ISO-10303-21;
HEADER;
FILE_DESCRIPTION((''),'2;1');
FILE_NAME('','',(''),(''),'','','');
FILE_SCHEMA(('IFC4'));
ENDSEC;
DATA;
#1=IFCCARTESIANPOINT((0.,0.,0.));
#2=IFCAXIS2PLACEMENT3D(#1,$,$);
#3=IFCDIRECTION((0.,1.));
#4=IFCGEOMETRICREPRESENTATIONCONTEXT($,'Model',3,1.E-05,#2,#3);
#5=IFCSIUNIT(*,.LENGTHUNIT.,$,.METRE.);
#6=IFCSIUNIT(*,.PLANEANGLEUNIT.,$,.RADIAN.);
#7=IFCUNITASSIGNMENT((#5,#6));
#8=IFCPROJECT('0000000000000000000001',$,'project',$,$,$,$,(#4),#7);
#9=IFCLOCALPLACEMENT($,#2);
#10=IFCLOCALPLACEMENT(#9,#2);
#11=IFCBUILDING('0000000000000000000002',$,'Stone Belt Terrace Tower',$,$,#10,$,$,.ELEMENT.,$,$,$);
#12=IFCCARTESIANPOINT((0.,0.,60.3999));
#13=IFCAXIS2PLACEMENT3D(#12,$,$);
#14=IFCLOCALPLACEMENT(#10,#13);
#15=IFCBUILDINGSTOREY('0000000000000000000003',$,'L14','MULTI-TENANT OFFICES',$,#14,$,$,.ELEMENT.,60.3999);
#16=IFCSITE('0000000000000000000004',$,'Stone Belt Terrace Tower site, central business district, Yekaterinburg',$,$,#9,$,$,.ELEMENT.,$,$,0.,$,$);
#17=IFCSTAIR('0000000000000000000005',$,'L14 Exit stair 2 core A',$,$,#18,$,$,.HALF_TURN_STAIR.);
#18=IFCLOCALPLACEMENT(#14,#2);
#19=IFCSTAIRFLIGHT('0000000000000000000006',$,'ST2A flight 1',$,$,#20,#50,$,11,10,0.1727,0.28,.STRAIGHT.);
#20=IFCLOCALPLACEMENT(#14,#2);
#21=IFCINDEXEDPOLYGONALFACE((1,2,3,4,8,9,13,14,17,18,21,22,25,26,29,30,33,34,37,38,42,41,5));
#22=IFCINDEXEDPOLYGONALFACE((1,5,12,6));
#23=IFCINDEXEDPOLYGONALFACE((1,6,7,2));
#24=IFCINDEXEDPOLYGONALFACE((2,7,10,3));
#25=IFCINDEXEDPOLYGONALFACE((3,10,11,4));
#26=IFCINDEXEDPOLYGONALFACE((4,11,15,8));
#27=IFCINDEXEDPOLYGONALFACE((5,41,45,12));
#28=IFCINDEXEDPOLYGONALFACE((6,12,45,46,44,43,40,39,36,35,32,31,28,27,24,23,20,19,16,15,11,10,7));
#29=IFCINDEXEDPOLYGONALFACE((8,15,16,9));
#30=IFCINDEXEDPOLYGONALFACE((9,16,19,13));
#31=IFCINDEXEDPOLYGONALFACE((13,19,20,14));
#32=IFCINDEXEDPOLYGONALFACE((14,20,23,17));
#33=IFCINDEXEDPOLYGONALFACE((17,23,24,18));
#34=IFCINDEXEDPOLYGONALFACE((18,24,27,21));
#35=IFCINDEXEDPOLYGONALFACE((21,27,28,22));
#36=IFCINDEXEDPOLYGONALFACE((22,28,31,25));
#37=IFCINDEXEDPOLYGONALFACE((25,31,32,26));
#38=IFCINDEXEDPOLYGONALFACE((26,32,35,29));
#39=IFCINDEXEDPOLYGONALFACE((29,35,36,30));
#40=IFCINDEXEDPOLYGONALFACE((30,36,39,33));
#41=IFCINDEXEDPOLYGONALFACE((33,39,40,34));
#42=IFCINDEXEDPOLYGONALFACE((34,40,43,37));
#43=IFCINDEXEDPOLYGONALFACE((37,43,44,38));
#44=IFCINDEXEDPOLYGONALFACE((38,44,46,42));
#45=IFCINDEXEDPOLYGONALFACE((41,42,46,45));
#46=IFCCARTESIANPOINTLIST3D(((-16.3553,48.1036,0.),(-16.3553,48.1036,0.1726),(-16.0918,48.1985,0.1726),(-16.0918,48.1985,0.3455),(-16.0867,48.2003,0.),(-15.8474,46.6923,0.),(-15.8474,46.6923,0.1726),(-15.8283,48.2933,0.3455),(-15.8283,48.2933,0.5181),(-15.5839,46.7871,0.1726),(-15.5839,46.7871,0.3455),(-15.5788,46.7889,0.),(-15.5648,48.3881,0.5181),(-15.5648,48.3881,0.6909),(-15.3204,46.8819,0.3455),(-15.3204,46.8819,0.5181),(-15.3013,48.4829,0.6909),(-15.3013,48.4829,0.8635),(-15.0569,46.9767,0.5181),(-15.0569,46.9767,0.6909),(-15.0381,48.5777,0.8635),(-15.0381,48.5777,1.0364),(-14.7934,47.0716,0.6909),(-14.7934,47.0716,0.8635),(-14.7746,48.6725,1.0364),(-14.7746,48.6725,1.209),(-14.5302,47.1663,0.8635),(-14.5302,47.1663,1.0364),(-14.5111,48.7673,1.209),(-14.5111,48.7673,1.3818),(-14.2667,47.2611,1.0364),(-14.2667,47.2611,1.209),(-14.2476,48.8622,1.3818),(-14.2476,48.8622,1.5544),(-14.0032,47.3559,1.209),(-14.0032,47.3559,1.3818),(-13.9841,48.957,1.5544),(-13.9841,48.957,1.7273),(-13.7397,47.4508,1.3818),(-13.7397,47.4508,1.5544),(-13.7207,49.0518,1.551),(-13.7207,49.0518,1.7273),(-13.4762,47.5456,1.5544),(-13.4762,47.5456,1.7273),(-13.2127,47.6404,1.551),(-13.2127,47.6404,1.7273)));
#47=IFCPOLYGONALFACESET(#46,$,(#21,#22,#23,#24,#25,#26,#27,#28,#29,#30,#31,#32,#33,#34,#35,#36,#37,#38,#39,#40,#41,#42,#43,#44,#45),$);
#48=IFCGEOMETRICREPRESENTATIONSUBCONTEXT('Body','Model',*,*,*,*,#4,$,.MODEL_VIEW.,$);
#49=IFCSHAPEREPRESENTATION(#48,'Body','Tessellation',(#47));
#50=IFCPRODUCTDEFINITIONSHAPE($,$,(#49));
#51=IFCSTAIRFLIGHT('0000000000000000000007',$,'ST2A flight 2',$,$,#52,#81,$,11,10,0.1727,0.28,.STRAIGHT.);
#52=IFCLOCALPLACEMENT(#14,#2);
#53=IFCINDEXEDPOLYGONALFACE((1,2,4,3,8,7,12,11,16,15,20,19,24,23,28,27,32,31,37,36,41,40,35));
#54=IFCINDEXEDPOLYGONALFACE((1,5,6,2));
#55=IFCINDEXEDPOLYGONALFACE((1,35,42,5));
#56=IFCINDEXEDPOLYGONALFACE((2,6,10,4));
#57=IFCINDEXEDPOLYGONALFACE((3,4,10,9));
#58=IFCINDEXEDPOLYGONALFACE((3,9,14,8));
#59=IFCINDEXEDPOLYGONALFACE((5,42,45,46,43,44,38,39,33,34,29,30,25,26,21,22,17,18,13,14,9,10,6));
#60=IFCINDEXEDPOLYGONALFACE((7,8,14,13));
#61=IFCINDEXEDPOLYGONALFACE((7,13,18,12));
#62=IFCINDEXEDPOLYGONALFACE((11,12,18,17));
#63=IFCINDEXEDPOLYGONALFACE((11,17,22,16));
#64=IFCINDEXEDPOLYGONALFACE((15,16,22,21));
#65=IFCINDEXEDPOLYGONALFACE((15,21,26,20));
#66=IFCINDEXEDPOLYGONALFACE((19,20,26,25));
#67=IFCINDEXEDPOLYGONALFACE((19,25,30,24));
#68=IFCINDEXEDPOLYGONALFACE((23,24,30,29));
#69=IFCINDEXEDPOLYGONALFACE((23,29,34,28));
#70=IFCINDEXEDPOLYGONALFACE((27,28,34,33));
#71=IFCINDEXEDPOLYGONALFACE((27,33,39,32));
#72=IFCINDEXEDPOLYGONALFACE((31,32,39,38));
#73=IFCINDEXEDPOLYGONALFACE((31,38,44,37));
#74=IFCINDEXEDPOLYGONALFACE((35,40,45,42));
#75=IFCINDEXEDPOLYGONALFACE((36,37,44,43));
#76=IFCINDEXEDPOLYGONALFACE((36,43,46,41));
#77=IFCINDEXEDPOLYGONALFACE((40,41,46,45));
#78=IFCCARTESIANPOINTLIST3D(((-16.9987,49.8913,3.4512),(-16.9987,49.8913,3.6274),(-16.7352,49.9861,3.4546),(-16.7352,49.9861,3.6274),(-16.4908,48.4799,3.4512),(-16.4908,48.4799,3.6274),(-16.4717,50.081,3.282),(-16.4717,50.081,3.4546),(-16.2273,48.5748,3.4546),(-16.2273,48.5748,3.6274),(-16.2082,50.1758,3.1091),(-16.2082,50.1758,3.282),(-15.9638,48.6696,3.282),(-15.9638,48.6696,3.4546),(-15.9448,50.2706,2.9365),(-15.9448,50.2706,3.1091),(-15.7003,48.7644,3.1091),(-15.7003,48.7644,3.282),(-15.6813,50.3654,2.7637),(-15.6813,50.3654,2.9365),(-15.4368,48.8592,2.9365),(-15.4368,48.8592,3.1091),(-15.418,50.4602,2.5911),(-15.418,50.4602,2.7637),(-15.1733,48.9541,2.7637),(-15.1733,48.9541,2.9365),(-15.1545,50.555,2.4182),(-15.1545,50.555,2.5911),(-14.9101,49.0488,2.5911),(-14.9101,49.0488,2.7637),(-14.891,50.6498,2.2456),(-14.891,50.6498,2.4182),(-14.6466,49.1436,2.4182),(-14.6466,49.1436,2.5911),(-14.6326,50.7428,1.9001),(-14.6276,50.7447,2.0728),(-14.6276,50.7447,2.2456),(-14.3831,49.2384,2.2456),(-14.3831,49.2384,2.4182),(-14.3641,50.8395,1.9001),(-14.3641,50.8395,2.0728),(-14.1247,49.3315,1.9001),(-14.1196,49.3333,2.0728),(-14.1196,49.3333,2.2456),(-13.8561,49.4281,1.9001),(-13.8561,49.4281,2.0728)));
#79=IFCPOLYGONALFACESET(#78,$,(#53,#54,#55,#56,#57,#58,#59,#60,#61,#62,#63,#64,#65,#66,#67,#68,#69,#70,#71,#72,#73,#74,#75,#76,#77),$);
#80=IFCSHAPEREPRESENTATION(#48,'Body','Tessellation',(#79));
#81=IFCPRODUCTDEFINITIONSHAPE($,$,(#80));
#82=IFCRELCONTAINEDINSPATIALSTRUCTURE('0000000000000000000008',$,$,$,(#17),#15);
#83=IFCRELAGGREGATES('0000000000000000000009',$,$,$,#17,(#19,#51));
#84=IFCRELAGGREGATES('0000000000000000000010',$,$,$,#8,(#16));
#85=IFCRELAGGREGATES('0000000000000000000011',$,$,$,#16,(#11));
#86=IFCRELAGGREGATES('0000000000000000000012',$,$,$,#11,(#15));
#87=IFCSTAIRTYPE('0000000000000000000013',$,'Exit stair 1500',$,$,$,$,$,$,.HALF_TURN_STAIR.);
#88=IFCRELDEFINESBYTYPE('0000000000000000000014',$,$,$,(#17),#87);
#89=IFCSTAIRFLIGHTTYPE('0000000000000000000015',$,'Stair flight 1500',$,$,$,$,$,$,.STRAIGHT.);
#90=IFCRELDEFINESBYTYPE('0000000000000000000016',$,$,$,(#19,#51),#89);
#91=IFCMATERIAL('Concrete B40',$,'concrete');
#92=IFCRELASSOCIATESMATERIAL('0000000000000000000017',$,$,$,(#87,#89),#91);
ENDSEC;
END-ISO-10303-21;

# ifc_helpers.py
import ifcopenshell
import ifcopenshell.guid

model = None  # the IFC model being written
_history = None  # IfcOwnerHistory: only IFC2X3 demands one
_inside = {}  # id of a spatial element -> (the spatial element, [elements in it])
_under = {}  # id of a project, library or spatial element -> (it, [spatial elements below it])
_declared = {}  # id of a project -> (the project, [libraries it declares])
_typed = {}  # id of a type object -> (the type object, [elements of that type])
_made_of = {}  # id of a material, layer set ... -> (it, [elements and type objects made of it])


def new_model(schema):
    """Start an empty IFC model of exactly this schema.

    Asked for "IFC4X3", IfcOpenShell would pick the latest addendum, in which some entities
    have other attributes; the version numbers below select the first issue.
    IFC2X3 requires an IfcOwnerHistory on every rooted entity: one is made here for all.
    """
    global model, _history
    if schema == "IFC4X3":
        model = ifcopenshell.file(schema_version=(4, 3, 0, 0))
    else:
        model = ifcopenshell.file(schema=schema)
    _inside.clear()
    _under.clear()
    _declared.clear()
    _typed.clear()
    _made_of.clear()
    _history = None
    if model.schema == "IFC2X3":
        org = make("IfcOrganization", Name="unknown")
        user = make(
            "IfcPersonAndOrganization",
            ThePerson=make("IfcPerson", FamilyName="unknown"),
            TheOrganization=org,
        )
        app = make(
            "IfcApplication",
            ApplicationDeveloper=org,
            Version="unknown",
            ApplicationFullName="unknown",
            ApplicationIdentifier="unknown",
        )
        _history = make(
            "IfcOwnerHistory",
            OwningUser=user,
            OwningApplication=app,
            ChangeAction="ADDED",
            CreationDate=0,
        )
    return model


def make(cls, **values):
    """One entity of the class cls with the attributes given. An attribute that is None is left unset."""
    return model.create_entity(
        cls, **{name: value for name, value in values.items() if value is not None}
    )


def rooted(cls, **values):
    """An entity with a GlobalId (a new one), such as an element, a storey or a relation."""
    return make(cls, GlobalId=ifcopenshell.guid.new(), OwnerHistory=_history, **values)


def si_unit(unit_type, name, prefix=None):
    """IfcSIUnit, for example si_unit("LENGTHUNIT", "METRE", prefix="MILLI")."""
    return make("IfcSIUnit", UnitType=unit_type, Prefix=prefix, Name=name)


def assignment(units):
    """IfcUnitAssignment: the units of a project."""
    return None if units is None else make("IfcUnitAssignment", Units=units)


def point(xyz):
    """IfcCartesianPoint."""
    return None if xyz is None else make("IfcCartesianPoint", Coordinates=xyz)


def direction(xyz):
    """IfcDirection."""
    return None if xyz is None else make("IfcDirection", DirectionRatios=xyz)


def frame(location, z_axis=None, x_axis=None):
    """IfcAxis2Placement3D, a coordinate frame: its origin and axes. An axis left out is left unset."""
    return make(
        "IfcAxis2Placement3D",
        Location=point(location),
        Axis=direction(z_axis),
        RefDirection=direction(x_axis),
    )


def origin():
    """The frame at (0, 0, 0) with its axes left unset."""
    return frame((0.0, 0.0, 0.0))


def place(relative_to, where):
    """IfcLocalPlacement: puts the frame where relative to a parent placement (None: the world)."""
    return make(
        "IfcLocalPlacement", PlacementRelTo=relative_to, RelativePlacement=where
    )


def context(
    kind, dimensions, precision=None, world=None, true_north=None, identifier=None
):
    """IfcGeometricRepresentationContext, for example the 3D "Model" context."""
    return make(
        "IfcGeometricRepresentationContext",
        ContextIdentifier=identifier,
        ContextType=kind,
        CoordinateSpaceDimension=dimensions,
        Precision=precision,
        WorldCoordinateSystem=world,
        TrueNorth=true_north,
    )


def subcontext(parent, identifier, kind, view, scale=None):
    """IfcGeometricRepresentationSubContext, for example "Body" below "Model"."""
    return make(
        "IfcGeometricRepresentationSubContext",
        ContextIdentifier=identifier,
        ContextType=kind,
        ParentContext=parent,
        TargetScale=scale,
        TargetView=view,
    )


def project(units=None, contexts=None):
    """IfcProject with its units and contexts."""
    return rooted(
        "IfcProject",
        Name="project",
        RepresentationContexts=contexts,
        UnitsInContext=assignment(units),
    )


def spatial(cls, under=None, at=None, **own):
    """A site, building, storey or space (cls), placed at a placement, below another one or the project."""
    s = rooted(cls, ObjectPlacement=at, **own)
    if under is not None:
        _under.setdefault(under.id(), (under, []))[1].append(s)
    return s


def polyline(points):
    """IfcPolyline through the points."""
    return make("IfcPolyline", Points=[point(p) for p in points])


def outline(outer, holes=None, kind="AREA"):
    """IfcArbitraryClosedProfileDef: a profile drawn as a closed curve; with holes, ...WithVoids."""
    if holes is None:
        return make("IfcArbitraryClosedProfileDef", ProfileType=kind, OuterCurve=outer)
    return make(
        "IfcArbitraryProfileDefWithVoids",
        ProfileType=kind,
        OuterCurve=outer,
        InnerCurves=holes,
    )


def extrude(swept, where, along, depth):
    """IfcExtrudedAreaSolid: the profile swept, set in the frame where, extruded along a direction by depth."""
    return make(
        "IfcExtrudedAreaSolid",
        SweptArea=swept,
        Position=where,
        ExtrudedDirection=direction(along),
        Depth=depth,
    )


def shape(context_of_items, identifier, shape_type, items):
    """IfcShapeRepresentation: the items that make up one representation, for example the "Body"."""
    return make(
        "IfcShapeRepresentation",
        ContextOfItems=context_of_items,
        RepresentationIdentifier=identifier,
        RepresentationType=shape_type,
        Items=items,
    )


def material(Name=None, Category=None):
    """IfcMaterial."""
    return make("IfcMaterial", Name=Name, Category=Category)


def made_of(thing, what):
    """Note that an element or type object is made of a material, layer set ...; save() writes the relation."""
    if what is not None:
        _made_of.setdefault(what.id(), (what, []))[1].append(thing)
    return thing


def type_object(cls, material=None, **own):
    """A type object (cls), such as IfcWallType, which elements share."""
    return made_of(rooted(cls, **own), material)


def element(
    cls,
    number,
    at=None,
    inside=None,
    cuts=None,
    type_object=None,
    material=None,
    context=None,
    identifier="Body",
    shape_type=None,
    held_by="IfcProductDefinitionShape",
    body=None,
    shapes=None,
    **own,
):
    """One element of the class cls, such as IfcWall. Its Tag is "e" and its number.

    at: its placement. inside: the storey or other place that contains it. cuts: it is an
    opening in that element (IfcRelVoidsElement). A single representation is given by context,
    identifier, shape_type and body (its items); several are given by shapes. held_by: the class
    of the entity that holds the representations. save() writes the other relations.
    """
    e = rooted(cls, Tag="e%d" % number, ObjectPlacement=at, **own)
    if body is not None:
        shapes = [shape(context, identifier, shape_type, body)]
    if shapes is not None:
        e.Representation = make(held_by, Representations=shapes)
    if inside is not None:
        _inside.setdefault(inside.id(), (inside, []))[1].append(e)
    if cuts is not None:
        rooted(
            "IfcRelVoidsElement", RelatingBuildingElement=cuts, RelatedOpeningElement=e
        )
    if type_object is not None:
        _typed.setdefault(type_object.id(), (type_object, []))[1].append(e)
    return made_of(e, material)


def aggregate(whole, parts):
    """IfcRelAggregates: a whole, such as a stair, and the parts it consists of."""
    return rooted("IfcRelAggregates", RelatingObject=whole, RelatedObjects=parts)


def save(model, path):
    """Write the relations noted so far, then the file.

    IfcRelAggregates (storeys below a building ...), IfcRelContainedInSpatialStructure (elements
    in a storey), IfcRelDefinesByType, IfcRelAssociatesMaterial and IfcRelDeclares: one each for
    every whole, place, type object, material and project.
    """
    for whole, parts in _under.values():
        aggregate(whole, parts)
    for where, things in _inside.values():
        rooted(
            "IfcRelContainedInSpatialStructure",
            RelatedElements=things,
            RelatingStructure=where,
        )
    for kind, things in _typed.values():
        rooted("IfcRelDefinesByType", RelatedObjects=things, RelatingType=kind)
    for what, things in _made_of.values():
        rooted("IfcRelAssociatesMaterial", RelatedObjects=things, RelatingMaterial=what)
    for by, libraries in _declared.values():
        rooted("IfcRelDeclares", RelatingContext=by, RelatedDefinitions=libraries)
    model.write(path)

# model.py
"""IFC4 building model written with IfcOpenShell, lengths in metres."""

from ifc_helpers import new_model, si_unit, direction, frame, origin, place, context, subcontext, project, spatial, polyline, outline, extrude, material, type_object, element, aggregate, save


model = new_model("IFC4")

# Units and contexts
model_context = context("Model", 3, precision=1e-05, world=origin(), true_north=direction((0.0, 1.0)))
body_context = subcontext(model_context, "Body", "Model", "MODEL_VIEW")
ifc_project = project(units=[si_unit("LENGTHUNIT", "METRE"), si_unit("PLANEANGLEUNIT", "RADIAN")], contexts=[model_context])

# Site, building, storey
site_placement = place(None, origin())
site = spatial("IfcSite", under=ifc_project, at=site_placement, Name="Stone Belt Terrace Tower site, central business district, Yekaterinburg", CompositionType="ELEMENT", RefElevation=0.0)
building_placement = place(site_placement, origin())
building = spatial("IfcBuilding", under=site, at=building_placement, Name="Stone Belt Terrace Tower", CompositionType="ELEMENT")
storey_placement = place(building_placement, frame((0.0, 0.0, 60.3999)))
storey = spatial("IfcBuildingStorey", under=building, at=storey_placement, Name="L14", Description="MULTI-TENANT OFFICES", CompositionType="ELEMENT", Elevation=60.3999)

# Stair, stair flights
ifc_material_1 = material(Name="Concrete B40", Category="concrete")
stair_type = type_object("IfcStairType", Name="Exit stair 1500", PredefinedType="HALF_TURN_STAIR", material=ifc_material_1)
stair_placement = place(storey_placement, origin())
stair = element("IfcStair", 1, at=stair_placement, inside=storey, type_object=stair_type, Name="L14 Exit stair 2 core A", PredefinedType="HALF_TURN_STAIR")
stair_flight_type = type_object("IfcStairFlightType", Name="Stair flight 1500", PredefinedType="STRAIGHT", material=ifc_material_1)
stair_flight_1_placement = place(storey_placement, frame((-16.1013, 47.3979, 0.0), z_axis=(0.0, 0.0, 1.0), x_axis=(0.940922, 0.338624, 0.0)))
stair_flight_1 = element("IfcStairFlight", 2, at=stair_flight_1_placement, type_object=stair_flight_type, Name="ST2A flight 1", NumberOfRisers=11, NumberOfTreads=10, PredefinedType="STRAIGHT", RiserHeight=0.1727, TreadLength=0.28, context=body_context, shape_type="SweptSolid", body=[
    extrude(outline(polyline([(0.0, 0.0), (0.0, 0.1726), (0.28, 0.1726), (0.28, 0.3455), (0.5601, 0.3455), (0.5601, 0.5181), (0.8401, 0.5181), (0.8401, 0.6909), (1.1201, 0.6909), (1.1201, 0.8635), (1.3999, 0.8635), (1.3999, 1.0364), (1.6799, 1.0364), (1.6799, 1.209), (1.96, 1.209), (1.96, 1.3818), (2.24, 1.3818), (2.24, 1.5544), (2.52, 1.5544), (2.52, 1.7273), (2.8, 1.7273), (2.8, 1.8999), (2.8, 1.551), (0.2854, 0.0), (0.0, 0.0)])), frame((0.0, 0.75, 0.0), z_axis=(0.0, -1.0, 0.0), x_axis=(1.0, 0.0, 0.0)), (0.0, 0.0, 1.0), 1.5),
])
stair_flight_2_placement = place(storey_placement, frame((-14.1101, 50.1338, 1.9001), z_axis=(0.0, 0.0, 1.0), x_axis=(-0.940922, -0.338624, 0.0)))
stair_flight_2 = element("IfcStairFlight", 3, at=stair_flight_2_placement, type_object=stair_flight_type, Name="ST2A flight 2", NumberOfRisers=11, NumberOfTreads=10, PredefinedType="STRAIGHT", RiserHeight=0.1727, TreadLength=0.28, context=body_context, shape_type="SweptSolid", body=[
    extrude(outline(polyline([(0.0, 0.0), (0.0, 0.1726), (0.28, 0.1726), (0.28, 0.3455), (0.5601, 0.3455), (0.5601, 0.5181), (0.8401, 0.5181), (0.8401, 0.6909), (1.1201, 0.6909), (1.1201, 0.8635), (1.3999, 0.8635), (1.3999, 1.0364), (1.6799, 1.0364), (1.6799, 1.209), (1.96, 1.209), (1.96, 1.3818), (2.24, 1.3818), (2.24, 1.5544), (2.52, 1.5544), (2.52, 1.7273), (2.8, 1.7273), (2.8, 1.8999), (2.8, 1.551), (0.2854, 0.0), (0.0, 0.0)])), frame((0.0, 0.75, 0.0), z_axis=(0.0, -1.0, 0.0), x_axis=(1.0, 0.0, 0.0)), (0.0, 0.0, 1.0), 1.5),
])
aggregate(stair, [stair_flight_1, stair_flight_2])

save(model, "model.ifc")
